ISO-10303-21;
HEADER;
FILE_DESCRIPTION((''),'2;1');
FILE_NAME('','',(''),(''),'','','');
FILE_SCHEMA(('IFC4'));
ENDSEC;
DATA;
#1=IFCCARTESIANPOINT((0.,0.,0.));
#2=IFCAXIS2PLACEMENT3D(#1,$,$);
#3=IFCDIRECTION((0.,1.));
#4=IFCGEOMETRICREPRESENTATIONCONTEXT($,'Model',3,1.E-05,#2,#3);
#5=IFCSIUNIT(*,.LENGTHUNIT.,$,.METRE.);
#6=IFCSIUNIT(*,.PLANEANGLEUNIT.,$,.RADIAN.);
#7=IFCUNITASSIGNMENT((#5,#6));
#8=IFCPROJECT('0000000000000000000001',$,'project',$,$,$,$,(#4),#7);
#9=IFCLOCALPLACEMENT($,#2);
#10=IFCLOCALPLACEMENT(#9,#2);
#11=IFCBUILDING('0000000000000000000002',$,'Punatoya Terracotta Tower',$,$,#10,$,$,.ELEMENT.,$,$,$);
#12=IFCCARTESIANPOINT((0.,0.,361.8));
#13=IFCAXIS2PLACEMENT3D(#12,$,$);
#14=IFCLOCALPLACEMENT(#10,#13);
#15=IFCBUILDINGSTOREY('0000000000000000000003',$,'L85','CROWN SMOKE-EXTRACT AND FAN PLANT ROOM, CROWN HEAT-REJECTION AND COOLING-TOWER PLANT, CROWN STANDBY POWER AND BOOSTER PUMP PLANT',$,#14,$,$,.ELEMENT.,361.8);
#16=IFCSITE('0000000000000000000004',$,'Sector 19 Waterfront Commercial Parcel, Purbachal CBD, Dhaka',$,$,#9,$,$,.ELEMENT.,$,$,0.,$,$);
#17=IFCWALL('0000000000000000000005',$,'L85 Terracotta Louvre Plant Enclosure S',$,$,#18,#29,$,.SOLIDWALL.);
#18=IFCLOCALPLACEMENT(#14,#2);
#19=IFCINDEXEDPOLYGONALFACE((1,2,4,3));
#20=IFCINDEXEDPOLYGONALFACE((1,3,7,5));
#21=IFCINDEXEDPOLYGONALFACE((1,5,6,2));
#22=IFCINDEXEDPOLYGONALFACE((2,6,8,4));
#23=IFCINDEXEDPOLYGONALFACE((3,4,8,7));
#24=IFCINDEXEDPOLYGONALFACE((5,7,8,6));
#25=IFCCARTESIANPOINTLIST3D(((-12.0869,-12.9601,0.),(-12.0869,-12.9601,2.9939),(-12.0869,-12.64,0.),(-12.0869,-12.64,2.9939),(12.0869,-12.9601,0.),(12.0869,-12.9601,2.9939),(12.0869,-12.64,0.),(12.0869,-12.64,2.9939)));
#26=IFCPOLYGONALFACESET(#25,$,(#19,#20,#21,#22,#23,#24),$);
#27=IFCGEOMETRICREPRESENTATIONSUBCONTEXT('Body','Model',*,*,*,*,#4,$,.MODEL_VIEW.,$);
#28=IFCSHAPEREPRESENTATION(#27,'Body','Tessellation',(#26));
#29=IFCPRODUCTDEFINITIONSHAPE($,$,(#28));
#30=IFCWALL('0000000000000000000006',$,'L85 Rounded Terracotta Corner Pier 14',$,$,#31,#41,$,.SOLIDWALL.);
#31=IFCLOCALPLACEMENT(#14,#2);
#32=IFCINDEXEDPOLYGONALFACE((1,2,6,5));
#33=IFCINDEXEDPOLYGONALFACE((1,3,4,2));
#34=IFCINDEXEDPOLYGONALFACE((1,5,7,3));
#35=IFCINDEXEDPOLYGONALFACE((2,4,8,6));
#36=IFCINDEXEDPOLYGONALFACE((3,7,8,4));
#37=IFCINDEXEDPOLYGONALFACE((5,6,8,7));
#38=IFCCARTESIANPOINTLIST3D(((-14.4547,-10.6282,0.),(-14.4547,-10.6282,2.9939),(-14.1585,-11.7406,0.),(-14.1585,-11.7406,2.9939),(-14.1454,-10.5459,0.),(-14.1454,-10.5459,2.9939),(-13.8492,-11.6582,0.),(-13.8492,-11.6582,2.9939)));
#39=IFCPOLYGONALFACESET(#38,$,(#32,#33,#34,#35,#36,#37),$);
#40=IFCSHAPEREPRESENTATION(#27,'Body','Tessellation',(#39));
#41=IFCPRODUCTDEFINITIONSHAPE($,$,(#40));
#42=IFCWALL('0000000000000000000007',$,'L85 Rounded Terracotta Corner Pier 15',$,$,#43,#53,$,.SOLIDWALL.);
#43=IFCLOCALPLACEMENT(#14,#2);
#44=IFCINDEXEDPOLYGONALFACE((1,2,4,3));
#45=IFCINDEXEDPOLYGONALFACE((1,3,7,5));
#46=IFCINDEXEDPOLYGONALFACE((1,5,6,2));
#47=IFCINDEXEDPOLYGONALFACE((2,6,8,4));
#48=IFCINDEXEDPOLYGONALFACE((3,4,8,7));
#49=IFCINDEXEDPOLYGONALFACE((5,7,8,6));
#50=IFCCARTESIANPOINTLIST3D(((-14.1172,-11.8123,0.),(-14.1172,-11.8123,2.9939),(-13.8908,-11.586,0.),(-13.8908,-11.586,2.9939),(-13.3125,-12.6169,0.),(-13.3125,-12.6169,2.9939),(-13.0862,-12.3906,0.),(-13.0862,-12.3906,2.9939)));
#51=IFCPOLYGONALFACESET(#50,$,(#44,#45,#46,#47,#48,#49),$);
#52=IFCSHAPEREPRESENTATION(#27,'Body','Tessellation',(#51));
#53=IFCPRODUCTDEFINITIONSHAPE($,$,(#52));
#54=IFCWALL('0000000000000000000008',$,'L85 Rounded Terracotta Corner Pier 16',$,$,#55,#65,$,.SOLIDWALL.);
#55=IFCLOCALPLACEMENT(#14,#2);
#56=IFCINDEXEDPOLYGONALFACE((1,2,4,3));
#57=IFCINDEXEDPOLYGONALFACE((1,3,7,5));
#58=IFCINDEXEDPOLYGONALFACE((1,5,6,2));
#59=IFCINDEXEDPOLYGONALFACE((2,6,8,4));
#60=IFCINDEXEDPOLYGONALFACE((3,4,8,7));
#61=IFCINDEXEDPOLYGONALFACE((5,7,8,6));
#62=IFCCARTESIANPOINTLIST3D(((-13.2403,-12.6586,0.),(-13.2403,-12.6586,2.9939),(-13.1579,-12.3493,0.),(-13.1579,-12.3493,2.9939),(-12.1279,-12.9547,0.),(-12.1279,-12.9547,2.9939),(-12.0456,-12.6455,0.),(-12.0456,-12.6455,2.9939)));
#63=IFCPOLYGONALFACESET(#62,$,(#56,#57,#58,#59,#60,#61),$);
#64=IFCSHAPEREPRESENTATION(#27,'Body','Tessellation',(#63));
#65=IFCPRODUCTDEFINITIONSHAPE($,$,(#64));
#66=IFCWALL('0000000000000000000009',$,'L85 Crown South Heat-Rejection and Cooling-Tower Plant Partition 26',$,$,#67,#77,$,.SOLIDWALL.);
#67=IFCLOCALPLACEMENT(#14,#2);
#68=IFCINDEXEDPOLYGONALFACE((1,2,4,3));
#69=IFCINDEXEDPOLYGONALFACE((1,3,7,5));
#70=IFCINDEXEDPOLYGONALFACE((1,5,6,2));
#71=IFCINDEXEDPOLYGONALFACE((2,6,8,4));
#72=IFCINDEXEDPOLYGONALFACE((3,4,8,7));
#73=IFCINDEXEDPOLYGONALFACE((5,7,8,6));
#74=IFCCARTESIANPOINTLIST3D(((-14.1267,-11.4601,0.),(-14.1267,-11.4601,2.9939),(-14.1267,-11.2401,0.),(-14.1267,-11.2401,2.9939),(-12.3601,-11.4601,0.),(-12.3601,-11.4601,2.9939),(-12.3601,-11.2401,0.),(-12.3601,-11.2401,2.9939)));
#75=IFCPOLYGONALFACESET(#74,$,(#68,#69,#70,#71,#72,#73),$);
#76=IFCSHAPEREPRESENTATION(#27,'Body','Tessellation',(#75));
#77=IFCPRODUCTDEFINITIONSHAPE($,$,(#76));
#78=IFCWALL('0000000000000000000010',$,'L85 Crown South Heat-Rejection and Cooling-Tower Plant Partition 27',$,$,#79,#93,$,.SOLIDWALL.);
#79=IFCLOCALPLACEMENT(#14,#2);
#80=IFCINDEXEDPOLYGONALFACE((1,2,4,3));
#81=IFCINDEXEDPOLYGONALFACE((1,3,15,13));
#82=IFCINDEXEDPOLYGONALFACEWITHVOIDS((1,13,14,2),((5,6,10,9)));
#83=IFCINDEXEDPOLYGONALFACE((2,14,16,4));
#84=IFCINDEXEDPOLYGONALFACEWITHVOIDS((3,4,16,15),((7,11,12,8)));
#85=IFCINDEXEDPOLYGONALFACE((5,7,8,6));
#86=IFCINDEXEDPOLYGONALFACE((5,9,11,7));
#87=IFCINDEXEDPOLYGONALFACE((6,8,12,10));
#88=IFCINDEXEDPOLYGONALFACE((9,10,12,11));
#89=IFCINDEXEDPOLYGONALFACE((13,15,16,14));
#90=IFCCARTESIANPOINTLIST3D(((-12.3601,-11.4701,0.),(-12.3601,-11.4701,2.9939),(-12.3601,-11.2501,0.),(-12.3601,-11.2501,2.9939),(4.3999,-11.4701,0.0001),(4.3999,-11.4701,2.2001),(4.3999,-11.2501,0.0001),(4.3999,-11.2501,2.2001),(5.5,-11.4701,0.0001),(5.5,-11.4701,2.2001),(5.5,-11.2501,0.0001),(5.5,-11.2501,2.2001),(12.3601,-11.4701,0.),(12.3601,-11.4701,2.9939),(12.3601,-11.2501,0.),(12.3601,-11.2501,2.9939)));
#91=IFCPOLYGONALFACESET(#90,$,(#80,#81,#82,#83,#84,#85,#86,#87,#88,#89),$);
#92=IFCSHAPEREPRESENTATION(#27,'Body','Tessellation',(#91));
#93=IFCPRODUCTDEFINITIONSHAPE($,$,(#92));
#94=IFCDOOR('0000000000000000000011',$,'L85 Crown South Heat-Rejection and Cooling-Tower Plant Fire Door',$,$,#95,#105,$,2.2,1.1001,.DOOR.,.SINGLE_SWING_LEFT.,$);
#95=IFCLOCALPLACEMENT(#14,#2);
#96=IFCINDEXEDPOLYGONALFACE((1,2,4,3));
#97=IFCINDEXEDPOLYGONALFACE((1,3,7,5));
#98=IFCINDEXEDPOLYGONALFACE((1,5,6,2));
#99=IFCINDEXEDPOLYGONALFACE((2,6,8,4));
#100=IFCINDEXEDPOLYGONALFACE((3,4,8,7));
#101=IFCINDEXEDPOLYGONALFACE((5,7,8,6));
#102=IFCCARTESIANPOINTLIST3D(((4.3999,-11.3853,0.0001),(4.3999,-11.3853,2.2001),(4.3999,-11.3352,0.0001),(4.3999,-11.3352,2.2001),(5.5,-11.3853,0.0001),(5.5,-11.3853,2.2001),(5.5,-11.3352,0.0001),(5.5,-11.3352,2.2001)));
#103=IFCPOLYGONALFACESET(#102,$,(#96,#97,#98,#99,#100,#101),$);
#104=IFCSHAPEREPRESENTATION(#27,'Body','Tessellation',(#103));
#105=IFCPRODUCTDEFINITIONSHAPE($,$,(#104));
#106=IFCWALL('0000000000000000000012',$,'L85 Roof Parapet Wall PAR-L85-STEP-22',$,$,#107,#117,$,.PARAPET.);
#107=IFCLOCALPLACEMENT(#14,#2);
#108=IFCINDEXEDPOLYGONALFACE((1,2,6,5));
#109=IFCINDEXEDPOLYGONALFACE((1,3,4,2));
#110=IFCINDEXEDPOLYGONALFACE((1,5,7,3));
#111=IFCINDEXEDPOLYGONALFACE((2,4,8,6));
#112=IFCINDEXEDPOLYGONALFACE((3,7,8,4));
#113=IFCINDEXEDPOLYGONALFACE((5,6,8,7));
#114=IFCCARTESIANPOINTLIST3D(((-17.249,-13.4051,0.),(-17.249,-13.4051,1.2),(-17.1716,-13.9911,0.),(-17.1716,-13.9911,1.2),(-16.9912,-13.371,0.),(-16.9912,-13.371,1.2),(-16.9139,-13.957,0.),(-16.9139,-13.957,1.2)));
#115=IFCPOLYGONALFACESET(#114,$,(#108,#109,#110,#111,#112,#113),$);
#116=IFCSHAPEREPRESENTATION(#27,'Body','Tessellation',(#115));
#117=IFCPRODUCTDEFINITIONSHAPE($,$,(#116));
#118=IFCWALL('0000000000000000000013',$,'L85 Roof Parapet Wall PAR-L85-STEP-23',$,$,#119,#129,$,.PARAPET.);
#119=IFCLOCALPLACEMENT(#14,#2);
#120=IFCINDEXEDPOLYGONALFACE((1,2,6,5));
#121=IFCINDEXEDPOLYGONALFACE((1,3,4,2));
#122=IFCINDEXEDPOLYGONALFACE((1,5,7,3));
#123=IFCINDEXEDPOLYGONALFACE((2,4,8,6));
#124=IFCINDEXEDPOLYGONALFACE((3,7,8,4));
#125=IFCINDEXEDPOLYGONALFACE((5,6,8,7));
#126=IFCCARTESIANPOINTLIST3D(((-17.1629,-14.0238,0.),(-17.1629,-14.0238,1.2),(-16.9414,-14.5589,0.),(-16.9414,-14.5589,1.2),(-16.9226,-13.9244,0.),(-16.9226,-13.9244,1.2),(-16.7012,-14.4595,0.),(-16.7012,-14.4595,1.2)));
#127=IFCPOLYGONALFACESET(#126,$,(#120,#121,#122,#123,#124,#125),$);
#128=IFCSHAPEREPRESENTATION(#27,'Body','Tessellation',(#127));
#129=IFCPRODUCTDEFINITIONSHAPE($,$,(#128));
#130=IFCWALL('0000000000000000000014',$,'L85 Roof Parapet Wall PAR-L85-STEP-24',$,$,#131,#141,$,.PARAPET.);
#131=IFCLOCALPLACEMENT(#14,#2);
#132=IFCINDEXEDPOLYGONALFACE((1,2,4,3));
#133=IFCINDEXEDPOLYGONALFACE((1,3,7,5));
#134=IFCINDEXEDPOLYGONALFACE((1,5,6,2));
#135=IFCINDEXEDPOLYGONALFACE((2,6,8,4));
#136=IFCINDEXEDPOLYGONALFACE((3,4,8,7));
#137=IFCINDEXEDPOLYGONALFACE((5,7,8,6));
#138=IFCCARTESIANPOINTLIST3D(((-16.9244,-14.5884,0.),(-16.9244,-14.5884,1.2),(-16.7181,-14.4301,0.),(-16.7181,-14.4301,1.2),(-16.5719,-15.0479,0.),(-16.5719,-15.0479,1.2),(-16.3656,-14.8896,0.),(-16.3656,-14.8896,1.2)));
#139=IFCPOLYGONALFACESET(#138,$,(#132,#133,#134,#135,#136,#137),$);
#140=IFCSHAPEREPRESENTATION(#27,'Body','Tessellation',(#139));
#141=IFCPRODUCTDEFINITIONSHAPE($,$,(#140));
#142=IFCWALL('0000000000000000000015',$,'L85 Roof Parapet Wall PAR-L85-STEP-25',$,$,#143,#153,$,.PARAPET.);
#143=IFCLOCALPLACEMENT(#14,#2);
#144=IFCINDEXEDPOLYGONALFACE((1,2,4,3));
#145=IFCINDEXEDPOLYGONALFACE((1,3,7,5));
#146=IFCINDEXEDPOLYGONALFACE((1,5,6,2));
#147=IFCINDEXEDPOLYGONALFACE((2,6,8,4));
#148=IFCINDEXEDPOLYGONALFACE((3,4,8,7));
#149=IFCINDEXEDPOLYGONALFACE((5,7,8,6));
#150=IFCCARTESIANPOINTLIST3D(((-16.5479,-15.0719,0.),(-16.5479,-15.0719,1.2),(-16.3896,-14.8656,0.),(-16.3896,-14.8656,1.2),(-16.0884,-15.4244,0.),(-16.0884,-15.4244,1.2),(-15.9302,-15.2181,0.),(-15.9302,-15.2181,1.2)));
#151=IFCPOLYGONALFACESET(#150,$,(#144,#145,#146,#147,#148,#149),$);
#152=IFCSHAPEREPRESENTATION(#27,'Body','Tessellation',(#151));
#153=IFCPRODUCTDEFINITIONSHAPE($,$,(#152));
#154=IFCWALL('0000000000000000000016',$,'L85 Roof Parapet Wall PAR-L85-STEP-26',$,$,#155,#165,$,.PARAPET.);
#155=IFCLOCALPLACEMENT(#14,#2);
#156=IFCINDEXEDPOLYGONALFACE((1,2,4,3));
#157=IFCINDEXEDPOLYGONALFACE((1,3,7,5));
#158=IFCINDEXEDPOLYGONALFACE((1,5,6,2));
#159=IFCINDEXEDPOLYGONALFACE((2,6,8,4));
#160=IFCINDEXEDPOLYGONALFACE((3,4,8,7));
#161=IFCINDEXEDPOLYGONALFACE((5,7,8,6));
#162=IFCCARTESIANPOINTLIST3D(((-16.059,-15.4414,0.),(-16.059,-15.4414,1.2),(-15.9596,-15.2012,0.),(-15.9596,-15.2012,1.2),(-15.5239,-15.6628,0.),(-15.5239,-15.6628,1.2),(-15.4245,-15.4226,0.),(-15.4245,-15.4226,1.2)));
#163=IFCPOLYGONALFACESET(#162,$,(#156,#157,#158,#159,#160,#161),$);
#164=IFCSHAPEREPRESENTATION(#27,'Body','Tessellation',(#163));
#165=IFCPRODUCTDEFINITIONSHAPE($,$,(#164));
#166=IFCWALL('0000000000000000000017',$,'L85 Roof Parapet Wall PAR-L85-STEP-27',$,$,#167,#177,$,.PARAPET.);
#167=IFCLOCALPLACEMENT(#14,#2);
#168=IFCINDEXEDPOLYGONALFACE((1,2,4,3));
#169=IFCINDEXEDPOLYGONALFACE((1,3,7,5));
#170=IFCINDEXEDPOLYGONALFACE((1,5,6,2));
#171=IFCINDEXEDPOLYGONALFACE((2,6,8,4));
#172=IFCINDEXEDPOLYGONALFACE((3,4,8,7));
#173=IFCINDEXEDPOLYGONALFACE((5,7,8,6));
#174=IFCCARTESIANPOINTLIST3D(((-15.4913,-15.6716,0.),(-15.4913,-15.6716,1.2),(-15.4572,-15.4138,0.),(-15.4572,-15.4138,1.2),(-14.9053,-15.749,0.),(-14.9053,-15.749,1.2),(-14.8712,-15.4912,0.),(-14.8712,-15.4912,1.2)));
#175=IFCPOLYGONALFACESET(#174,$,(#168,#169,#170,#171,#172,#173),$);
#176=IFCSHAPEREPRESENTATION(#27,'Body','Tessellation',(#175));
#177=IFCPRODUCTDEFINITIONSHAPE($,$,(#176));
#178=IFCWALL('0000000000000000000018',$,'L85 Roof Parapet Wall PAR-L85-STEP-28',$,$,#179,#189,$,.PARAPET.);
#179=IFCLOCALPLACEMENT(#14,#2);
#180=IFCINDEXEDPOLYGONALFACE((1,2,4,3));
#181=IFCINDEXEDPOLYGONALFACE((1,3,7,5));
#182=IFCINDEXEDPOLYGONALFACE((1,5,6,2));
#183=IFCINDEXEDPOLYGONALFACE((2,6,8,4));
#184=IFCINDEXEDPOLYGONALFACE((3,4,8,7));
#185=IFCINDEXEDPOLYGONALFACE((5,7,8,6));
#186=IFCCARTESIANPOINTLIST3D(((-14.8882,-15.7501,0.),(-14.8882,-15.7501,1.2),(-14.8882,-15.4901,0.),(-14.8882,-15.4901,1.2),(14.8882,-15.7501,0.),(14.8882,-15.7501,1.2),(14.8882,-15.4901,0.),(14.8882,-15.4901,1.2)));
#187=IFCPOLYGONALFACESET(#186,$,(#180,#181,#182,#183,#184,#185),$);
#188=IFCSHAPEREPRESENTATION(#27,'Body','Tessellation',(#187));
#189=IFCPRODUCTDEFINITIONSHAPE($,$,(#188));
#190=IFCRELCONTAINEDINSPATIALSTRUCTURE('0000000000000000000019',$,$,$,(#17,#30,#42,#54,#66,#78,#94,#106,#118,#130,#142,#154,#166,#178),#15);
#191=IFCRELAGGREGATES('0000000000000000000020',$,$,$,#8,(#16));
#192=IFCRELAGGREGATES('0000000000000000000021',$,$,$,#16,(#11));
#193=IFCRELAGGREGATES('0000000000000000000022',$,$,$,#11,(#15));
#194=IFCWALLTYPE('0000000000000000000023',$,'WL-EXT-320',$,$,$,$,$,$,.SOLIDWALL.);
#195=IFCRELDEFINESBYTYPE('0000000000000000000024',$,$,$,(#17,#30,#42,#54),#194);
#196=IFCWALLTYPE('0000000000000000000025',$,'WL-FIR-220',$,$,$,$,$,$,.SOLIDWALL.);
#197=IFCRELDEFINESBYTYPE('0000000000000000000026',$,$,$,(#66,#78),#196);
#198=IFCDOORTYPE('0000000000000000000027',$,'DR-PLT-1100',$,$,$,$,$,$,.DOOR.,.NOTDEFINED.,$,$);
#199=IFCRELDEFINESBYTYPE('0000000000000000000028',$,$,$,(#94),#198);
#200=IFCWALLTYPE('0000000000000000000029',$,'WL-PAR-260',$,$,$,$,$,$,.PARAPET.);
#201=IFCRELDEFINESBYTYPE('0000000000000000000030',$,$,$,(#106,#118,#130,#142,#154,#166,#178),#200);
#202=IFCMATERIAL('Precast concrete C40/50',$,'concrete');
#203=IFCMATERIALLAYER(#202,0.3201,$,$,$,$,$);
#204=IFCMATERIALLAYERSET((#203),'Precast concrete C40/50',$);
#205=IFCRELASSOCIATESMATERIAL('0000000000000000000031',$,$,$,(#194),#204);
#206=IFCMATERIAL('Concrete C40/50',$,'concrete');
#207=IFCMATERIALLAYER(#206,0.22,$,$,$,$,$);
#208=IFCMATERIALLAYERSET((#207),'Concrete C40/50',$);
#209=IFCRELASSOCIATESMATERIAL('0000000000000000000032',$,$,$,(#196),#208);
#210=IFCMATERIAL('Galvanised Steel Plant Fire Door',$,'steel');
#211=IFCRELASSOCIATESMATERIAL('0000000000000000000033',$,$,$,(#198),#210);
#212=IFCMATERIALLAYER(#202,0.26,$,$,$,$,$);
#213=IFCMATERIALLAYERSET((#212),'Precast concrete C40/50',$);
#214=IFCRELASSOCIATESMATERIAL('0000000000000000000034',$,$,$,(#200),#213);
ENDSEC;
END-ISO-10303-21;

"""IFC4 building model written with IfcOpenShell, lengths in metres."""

from ifc_helpers import new_model, si_unit, direction, frame, frame_2d, origin, place, context, subcontext, project, spatial, rectangle, extrude, material, layer, layer_set, type_object, element, fill, save


model = new_model("IFC4")

# Units and contexts
model_context = context("Model", 3, precision=1e-05, world=origin(), true_north=direction((0.0, 1.0)))
body_context = subcontext(model_context, "Body", "Model", "MODEL_VIEW")
ifc_project = project(units=[si_unit("LENGTHUNIT", "METRE"), si_unit("PLANEANGLEUNIT", "RADIAN")], contexts=[model_context])

# Site, building, storey
site_placement = place(None, origin())
site = spatial("IfcSite", under=ifc_project, at=site_placement, Name="Sector 19 Waterfront Commercial Parcel, Purbachal CBD, Dhaka", CompositionType="ELEMENT", RefElevation=0.0)
building_placement = place(site_placement, origin())
building = spatial("IfcBuilding", under=site, at=building_placement, Name="Punatoya Terracotta Tower", CompositionType="ELEMENT")
storey_placement = place(building_placement, frame((0.0, 0.0, 361.8)))
storey = spatial("IfcBuildingStorey", under=building, at=storey_placement, Name="L85", Description="CROWN SMOKE-EXTRACT AND FAN PLANT ROOM, CROWN HEAT-REJECTION AND COOLING-TOWER PLANT, CROWN STANDBY POWER AND BOOSTER PUMP PLANT", CompositionType="ELEMENT", Elevation=361.8)

# Walls
ifc_material_1 = material(Name="Precast concrete C40/50", Category="concrete")
ifc_layer_1 = layer(ifc_material_1, 0.3201)
ifc_layer_set_1 = layer_set([ifc_layer_1], Name="Precast concrete C40/50")
wall_type_1 = type_object("IfcWallType", Name="WL-EXT-320", PredefinedType="SOLIDWALL", material=ifc_layer_set_1)
wall_1_placement = place(storey_placement, frame((-12.0869, -12.8, 0.0), z_axis=(0.0, 0.0, 1.0), x_axis=(1.0, 0.0, 0.0)))
element("IfcWall", 1, at=wall_1_placement, inside=storey, type_object=wall_type_1, Name="L85 Terracotta Louvre Plant Enclosure S", PredefinedType="SOLIDWALL", context=body_context, shape_type="SweptSolid", body=[
    extrude(rectangle(XDim=24.1738, YDim=0.3201, at=frame_2d((12.0869, 0.0))), origin(), (0.0, 0.0, 1.0), 2.9939),
])
wall_2_placement = place(storey_placement, frame((-14.3, -10.5869, 0.0), z_axis=(0.0, 0.0, 1.0), x_axis=(0.25728, -0.966337, 0.0)))
element("IfcWall", 2, at=wall_2_placement, inside=storey, type_object=wall_type_1, Name="L85 Rounded Terracotta Corner Pier 14", PredefinedType="SOLIDWALL", context=body_context, shape_type="SweptSolid", body=[
    extrude(rectangle(XDim=1.1511, YDim=0.3201, at=frame_2d((0.5757, 0.0))), origin(), (0.0, 0.0, 1.0), 2.9939),
])
wall_3_placement = place(storey_placement, frame((-14.0039, -11.6992, 0.0), z_axis=(0.0, 0.0, 1.0), x_axis=(0.707107, -0.707107, 0.0)))
element("IfcWall", 3, at=wall_3_placement, inside=storey, type_object=wall_type_1, Name="L85 Rounded Terracotta Corner Pier 15", PredefinedType="SOLIDWALL", context=body_context, shape_type="SweptSolid", body=[
    extrude(rectangle(XDim=1.1379, YDim=0.3201, at=frame_2d((0.5688, 0.0))), origin(), (0.0, 0.0, 1.0), 2.9939),
])
wall_4_placement = place(storey_placement, frame((-13.1992, -12.5039, 0.0), z_axis=(0.0, 0.0, 1.0), x_axis=(0.966337, -0.25728, 0.0)))
element("IfcWall", 4, at=wall_4_placement, inside=storey, type_object=wall_type_1, Name="L85 Rounded Terracotta Corner Pier 16", PredefinedType="SOLIDWALL", context=body_context, shape_type="SweptSolid", body=[
    extrude(rectangle(XDim=1.1511, YDim=0.3201, at=frame_2d((0.5757, 0.0))), origin(), (0.0, 0.0, 1.0), 2.9939),
])
ifc_material_2 = material(Name="Concrete C40/50", Category="concrete")
ifc_layer_2 = layer(ifc_material_2, 0.22)
ifc_layer_set_2 = layer_set([ifc_layer_2], Name="Concrete C40/50")
wall_type_2 = type_object("IfcWallType", Name="WL-FIR-220", PredefinedType="SOLIDWALL", material=ifc_layer_set_2)
wall_5_placement = place(storey_placement, frame((-14.1267, -11.3501, 0.0), z_axis=(0.0, 0.0, 1.0), x_axis=(1.0, 0.0, 0.0)))
element("IfcWall", 5, at=wall_5_placement, inside=storey, type_object=wall_type_2, Name="L85 Crown South Heat-Rejection and Cooling-Tower Plant Partition 26", PredefinedType="SOLIDWALL", context=body_context, shape_type="SweptSolid", body=[
    extrude(rectangle(XDim=1.7666, YDim=0.22, at=frame_2d((0.8833, 0.0))), origin(), (0.0, 0.0, 1.0), 2.9939),
])

# Wall, opening, door
wall_6_placement = place(storey_placement, frame((-12.3601, -11.3601, 0.0), z_axis=(0.0, 0.0, 1.0), x_axis=(1.0, 0.0, 0.0)))
wall_6 = element("IfcWall", 6, at=wall_6_placement, inside=storey, type_object=wall_type_2, Name="L85 Crown South Heat-Rejection and Cooling-Tower Plant Partition 27", PredefinedType="SOLIDWALL", context=body_context, shape_type="SweptSolid", body=[
    extrude(rectangle(XDim=24.7202, YDim=0.22, at=frame_2d((12.3601, 0.0))), origin(), (0.0, 0.0, 1.0), 2.9939),
])
opening_placement = place(wall_6_placement, frame((16.76, 0.0, 0.0)))
opening = element("IfcOpeningElement", 7, at=opening_placement, cuts=wall_6, PredefinedType="OPENING", context=body_context, shape_type="SweptSolid", body=[
    extrude(rectangle(XDim=1.1001, YDim=2.2, at=frame_2d((0.55, 1.1001))), frame((0.0, 0.1199, 0.0), z_axis=(0.0, -1.0, 0.0), x_axis=(1.0, 0.0, 0.0)), (0.0, 0.0, 1.0), 0.24),
])
ifc_material_3 = material(Name="Galvanised Steel Plant Fire Door", Category="steel")
door_type = type_object("IfcDoorType", Name="DR-PLT-1100", OperationType="NOTDEFINED", PredefinedType="DOOR", material=ifc_material_3)
door_placement = place(opening_placement, origin())
door = element("IfcDoor", 8, at=door_placement, inside=storey, type_object=door_type, Name="L85 Crown South Heat-Rejection and Cooling-Tower Plant Fire Door", OperationType="SINGLE_SWING_LEFT", OverallHeight=2.2, OverallWidth=1.1001, PredefinedType="DOOR", context=body_context, shape_type="SweptSolid", body=[
    extrude(rectangle(XDim=1.1001, YDim=2.2, at=frame_2d((0.55, 1.1001))), frame((0.0, 0.0249, 0.0), z_axis=(0.0, -1.0, 0.0), x_axis=(1.0, 0.0, 0.0)), (0.0, 0.0, 1.0), 0.05),
])
fill(opening, door)

# Walls
ifc_layer_3 = layer(ifc_material_1, 0.26)
ifc_layer_set_3 = layer_set([ifc_layer_3], Name="Precast concrete C40/50")
wall_type_3 = type_object("IfcWallType", Name="WL-PAR-260", PredefinedType="PARAPET", material=ifc_layer_set_3)
wall_7_placement = place(storey_placement, frame((-17.1201, -13.3882, 0.0), z_axis=(0.0, 0.0, 1.0), x_axis=(0.130946, -0.991389, 0.0)))
element("IfcWall", 9, at=wall_7_placement, inside=storey, type_object=wall_type_3, Name="L85 Roof Parapet Wall PAR-L85-STEP-22", PredefinedType="PARAPET", context=body_context, shape_type="SweptSolid", body=[
    extrude(rectangle(XDim=0.5911, YDim=0.26, at=frame_2d((0.2954, 0.0))), origin(), (0.0, 0.0, 1.0), 1.2),
])
for number, where, z_axis, x_axis, name in (
    (10, (-17.0427, -13.9741, 0.0), (0.0, 0.0, 1.0), (0.382339, -0.924022, 0.0), "L85 Roof Parapet Wall PAR-L85-STEP-23"),
    (11, (-16.8213, -14.5093, 0.0), (0.0, 0.0, 1.0), (0.608732, -0.793376, 0.0), "L85 Roof Parapet Wall PAR-L85-STEP-24"),
    (12, (-16.4688, -14.9688, 0.0), (0.0, 0.0, 1.0), (0.793376, -0.608732, 0.0), "L85 Roof Parapet Wall PAR-L85-STEP-25"),
    (13, (-16.0093, -15.3213, 0.0), (0.0, 0.0, 1.0), (0.924022, -0.382339, 0.0), "L85 Roof Parapet Wall PAR-L85-STEP-26"),
):
    element("IfcWall", number, at=place(storey_placement, frame(where, z_axis=z_axis, x_axis=x_axis)), inside=storey, type_object=wall_type_3, Name=name, PredefinedType="PARAPET", context=body_context, shape_type="SweptSolid", body=[
        extrude(rectangle(XDim=0.5791, YDim=0.26, at=frame_2d((0.2896, 0.0))), origin(), (0.0, 0.0, 1.0), 1.2),
    ])
wall_8_placement = place(storey_placement, frame((-15.4741, -15.5427, 0.0), z_axis=(0.0, 0.0, 1.0), x_axis=(0.991389, -0.130946, 0.0)))
element("IfcWall", 14, at=wall_8_placement, inside=storey, type_object=wall_type_3, Name="L85 Roof Parapet Wall PAR-L85-STEP-27", PredefinedType="PARAPET", context=body_context, shape_type="SweptSolid", body=[
    extrude(rectangle(XDim=0.5911, YDim=0.26, at=frame_2d((0.2954, 0.0))), origin(), (0.0, 0.0, 1.0), 1.2),
])
wall_9_placement = place(storey_placement, frame((-14.8882, -15.6201, 0.0), z_axis=(0.0, 0.0, 1.0), x_axis=(1.0, 0.0, 0.0)))
element("IfcWall", 15, at=wall_9_placement, inside=storey, type_object=wall_type_3, Name="L85 Roof Parapet Wall PAR-L85-STEP-28", PredefinedType="PARAPET", context=body_context, shape_type="SweptSolid", body=[
    extrude(rectangle(XDim=29.7764, YDim=0.26, at=frame_2d((14.8882, 0.0))), origin(), (0.0, 0.0, 1.0), 1.2),
])

save(model, "model.ifc")
